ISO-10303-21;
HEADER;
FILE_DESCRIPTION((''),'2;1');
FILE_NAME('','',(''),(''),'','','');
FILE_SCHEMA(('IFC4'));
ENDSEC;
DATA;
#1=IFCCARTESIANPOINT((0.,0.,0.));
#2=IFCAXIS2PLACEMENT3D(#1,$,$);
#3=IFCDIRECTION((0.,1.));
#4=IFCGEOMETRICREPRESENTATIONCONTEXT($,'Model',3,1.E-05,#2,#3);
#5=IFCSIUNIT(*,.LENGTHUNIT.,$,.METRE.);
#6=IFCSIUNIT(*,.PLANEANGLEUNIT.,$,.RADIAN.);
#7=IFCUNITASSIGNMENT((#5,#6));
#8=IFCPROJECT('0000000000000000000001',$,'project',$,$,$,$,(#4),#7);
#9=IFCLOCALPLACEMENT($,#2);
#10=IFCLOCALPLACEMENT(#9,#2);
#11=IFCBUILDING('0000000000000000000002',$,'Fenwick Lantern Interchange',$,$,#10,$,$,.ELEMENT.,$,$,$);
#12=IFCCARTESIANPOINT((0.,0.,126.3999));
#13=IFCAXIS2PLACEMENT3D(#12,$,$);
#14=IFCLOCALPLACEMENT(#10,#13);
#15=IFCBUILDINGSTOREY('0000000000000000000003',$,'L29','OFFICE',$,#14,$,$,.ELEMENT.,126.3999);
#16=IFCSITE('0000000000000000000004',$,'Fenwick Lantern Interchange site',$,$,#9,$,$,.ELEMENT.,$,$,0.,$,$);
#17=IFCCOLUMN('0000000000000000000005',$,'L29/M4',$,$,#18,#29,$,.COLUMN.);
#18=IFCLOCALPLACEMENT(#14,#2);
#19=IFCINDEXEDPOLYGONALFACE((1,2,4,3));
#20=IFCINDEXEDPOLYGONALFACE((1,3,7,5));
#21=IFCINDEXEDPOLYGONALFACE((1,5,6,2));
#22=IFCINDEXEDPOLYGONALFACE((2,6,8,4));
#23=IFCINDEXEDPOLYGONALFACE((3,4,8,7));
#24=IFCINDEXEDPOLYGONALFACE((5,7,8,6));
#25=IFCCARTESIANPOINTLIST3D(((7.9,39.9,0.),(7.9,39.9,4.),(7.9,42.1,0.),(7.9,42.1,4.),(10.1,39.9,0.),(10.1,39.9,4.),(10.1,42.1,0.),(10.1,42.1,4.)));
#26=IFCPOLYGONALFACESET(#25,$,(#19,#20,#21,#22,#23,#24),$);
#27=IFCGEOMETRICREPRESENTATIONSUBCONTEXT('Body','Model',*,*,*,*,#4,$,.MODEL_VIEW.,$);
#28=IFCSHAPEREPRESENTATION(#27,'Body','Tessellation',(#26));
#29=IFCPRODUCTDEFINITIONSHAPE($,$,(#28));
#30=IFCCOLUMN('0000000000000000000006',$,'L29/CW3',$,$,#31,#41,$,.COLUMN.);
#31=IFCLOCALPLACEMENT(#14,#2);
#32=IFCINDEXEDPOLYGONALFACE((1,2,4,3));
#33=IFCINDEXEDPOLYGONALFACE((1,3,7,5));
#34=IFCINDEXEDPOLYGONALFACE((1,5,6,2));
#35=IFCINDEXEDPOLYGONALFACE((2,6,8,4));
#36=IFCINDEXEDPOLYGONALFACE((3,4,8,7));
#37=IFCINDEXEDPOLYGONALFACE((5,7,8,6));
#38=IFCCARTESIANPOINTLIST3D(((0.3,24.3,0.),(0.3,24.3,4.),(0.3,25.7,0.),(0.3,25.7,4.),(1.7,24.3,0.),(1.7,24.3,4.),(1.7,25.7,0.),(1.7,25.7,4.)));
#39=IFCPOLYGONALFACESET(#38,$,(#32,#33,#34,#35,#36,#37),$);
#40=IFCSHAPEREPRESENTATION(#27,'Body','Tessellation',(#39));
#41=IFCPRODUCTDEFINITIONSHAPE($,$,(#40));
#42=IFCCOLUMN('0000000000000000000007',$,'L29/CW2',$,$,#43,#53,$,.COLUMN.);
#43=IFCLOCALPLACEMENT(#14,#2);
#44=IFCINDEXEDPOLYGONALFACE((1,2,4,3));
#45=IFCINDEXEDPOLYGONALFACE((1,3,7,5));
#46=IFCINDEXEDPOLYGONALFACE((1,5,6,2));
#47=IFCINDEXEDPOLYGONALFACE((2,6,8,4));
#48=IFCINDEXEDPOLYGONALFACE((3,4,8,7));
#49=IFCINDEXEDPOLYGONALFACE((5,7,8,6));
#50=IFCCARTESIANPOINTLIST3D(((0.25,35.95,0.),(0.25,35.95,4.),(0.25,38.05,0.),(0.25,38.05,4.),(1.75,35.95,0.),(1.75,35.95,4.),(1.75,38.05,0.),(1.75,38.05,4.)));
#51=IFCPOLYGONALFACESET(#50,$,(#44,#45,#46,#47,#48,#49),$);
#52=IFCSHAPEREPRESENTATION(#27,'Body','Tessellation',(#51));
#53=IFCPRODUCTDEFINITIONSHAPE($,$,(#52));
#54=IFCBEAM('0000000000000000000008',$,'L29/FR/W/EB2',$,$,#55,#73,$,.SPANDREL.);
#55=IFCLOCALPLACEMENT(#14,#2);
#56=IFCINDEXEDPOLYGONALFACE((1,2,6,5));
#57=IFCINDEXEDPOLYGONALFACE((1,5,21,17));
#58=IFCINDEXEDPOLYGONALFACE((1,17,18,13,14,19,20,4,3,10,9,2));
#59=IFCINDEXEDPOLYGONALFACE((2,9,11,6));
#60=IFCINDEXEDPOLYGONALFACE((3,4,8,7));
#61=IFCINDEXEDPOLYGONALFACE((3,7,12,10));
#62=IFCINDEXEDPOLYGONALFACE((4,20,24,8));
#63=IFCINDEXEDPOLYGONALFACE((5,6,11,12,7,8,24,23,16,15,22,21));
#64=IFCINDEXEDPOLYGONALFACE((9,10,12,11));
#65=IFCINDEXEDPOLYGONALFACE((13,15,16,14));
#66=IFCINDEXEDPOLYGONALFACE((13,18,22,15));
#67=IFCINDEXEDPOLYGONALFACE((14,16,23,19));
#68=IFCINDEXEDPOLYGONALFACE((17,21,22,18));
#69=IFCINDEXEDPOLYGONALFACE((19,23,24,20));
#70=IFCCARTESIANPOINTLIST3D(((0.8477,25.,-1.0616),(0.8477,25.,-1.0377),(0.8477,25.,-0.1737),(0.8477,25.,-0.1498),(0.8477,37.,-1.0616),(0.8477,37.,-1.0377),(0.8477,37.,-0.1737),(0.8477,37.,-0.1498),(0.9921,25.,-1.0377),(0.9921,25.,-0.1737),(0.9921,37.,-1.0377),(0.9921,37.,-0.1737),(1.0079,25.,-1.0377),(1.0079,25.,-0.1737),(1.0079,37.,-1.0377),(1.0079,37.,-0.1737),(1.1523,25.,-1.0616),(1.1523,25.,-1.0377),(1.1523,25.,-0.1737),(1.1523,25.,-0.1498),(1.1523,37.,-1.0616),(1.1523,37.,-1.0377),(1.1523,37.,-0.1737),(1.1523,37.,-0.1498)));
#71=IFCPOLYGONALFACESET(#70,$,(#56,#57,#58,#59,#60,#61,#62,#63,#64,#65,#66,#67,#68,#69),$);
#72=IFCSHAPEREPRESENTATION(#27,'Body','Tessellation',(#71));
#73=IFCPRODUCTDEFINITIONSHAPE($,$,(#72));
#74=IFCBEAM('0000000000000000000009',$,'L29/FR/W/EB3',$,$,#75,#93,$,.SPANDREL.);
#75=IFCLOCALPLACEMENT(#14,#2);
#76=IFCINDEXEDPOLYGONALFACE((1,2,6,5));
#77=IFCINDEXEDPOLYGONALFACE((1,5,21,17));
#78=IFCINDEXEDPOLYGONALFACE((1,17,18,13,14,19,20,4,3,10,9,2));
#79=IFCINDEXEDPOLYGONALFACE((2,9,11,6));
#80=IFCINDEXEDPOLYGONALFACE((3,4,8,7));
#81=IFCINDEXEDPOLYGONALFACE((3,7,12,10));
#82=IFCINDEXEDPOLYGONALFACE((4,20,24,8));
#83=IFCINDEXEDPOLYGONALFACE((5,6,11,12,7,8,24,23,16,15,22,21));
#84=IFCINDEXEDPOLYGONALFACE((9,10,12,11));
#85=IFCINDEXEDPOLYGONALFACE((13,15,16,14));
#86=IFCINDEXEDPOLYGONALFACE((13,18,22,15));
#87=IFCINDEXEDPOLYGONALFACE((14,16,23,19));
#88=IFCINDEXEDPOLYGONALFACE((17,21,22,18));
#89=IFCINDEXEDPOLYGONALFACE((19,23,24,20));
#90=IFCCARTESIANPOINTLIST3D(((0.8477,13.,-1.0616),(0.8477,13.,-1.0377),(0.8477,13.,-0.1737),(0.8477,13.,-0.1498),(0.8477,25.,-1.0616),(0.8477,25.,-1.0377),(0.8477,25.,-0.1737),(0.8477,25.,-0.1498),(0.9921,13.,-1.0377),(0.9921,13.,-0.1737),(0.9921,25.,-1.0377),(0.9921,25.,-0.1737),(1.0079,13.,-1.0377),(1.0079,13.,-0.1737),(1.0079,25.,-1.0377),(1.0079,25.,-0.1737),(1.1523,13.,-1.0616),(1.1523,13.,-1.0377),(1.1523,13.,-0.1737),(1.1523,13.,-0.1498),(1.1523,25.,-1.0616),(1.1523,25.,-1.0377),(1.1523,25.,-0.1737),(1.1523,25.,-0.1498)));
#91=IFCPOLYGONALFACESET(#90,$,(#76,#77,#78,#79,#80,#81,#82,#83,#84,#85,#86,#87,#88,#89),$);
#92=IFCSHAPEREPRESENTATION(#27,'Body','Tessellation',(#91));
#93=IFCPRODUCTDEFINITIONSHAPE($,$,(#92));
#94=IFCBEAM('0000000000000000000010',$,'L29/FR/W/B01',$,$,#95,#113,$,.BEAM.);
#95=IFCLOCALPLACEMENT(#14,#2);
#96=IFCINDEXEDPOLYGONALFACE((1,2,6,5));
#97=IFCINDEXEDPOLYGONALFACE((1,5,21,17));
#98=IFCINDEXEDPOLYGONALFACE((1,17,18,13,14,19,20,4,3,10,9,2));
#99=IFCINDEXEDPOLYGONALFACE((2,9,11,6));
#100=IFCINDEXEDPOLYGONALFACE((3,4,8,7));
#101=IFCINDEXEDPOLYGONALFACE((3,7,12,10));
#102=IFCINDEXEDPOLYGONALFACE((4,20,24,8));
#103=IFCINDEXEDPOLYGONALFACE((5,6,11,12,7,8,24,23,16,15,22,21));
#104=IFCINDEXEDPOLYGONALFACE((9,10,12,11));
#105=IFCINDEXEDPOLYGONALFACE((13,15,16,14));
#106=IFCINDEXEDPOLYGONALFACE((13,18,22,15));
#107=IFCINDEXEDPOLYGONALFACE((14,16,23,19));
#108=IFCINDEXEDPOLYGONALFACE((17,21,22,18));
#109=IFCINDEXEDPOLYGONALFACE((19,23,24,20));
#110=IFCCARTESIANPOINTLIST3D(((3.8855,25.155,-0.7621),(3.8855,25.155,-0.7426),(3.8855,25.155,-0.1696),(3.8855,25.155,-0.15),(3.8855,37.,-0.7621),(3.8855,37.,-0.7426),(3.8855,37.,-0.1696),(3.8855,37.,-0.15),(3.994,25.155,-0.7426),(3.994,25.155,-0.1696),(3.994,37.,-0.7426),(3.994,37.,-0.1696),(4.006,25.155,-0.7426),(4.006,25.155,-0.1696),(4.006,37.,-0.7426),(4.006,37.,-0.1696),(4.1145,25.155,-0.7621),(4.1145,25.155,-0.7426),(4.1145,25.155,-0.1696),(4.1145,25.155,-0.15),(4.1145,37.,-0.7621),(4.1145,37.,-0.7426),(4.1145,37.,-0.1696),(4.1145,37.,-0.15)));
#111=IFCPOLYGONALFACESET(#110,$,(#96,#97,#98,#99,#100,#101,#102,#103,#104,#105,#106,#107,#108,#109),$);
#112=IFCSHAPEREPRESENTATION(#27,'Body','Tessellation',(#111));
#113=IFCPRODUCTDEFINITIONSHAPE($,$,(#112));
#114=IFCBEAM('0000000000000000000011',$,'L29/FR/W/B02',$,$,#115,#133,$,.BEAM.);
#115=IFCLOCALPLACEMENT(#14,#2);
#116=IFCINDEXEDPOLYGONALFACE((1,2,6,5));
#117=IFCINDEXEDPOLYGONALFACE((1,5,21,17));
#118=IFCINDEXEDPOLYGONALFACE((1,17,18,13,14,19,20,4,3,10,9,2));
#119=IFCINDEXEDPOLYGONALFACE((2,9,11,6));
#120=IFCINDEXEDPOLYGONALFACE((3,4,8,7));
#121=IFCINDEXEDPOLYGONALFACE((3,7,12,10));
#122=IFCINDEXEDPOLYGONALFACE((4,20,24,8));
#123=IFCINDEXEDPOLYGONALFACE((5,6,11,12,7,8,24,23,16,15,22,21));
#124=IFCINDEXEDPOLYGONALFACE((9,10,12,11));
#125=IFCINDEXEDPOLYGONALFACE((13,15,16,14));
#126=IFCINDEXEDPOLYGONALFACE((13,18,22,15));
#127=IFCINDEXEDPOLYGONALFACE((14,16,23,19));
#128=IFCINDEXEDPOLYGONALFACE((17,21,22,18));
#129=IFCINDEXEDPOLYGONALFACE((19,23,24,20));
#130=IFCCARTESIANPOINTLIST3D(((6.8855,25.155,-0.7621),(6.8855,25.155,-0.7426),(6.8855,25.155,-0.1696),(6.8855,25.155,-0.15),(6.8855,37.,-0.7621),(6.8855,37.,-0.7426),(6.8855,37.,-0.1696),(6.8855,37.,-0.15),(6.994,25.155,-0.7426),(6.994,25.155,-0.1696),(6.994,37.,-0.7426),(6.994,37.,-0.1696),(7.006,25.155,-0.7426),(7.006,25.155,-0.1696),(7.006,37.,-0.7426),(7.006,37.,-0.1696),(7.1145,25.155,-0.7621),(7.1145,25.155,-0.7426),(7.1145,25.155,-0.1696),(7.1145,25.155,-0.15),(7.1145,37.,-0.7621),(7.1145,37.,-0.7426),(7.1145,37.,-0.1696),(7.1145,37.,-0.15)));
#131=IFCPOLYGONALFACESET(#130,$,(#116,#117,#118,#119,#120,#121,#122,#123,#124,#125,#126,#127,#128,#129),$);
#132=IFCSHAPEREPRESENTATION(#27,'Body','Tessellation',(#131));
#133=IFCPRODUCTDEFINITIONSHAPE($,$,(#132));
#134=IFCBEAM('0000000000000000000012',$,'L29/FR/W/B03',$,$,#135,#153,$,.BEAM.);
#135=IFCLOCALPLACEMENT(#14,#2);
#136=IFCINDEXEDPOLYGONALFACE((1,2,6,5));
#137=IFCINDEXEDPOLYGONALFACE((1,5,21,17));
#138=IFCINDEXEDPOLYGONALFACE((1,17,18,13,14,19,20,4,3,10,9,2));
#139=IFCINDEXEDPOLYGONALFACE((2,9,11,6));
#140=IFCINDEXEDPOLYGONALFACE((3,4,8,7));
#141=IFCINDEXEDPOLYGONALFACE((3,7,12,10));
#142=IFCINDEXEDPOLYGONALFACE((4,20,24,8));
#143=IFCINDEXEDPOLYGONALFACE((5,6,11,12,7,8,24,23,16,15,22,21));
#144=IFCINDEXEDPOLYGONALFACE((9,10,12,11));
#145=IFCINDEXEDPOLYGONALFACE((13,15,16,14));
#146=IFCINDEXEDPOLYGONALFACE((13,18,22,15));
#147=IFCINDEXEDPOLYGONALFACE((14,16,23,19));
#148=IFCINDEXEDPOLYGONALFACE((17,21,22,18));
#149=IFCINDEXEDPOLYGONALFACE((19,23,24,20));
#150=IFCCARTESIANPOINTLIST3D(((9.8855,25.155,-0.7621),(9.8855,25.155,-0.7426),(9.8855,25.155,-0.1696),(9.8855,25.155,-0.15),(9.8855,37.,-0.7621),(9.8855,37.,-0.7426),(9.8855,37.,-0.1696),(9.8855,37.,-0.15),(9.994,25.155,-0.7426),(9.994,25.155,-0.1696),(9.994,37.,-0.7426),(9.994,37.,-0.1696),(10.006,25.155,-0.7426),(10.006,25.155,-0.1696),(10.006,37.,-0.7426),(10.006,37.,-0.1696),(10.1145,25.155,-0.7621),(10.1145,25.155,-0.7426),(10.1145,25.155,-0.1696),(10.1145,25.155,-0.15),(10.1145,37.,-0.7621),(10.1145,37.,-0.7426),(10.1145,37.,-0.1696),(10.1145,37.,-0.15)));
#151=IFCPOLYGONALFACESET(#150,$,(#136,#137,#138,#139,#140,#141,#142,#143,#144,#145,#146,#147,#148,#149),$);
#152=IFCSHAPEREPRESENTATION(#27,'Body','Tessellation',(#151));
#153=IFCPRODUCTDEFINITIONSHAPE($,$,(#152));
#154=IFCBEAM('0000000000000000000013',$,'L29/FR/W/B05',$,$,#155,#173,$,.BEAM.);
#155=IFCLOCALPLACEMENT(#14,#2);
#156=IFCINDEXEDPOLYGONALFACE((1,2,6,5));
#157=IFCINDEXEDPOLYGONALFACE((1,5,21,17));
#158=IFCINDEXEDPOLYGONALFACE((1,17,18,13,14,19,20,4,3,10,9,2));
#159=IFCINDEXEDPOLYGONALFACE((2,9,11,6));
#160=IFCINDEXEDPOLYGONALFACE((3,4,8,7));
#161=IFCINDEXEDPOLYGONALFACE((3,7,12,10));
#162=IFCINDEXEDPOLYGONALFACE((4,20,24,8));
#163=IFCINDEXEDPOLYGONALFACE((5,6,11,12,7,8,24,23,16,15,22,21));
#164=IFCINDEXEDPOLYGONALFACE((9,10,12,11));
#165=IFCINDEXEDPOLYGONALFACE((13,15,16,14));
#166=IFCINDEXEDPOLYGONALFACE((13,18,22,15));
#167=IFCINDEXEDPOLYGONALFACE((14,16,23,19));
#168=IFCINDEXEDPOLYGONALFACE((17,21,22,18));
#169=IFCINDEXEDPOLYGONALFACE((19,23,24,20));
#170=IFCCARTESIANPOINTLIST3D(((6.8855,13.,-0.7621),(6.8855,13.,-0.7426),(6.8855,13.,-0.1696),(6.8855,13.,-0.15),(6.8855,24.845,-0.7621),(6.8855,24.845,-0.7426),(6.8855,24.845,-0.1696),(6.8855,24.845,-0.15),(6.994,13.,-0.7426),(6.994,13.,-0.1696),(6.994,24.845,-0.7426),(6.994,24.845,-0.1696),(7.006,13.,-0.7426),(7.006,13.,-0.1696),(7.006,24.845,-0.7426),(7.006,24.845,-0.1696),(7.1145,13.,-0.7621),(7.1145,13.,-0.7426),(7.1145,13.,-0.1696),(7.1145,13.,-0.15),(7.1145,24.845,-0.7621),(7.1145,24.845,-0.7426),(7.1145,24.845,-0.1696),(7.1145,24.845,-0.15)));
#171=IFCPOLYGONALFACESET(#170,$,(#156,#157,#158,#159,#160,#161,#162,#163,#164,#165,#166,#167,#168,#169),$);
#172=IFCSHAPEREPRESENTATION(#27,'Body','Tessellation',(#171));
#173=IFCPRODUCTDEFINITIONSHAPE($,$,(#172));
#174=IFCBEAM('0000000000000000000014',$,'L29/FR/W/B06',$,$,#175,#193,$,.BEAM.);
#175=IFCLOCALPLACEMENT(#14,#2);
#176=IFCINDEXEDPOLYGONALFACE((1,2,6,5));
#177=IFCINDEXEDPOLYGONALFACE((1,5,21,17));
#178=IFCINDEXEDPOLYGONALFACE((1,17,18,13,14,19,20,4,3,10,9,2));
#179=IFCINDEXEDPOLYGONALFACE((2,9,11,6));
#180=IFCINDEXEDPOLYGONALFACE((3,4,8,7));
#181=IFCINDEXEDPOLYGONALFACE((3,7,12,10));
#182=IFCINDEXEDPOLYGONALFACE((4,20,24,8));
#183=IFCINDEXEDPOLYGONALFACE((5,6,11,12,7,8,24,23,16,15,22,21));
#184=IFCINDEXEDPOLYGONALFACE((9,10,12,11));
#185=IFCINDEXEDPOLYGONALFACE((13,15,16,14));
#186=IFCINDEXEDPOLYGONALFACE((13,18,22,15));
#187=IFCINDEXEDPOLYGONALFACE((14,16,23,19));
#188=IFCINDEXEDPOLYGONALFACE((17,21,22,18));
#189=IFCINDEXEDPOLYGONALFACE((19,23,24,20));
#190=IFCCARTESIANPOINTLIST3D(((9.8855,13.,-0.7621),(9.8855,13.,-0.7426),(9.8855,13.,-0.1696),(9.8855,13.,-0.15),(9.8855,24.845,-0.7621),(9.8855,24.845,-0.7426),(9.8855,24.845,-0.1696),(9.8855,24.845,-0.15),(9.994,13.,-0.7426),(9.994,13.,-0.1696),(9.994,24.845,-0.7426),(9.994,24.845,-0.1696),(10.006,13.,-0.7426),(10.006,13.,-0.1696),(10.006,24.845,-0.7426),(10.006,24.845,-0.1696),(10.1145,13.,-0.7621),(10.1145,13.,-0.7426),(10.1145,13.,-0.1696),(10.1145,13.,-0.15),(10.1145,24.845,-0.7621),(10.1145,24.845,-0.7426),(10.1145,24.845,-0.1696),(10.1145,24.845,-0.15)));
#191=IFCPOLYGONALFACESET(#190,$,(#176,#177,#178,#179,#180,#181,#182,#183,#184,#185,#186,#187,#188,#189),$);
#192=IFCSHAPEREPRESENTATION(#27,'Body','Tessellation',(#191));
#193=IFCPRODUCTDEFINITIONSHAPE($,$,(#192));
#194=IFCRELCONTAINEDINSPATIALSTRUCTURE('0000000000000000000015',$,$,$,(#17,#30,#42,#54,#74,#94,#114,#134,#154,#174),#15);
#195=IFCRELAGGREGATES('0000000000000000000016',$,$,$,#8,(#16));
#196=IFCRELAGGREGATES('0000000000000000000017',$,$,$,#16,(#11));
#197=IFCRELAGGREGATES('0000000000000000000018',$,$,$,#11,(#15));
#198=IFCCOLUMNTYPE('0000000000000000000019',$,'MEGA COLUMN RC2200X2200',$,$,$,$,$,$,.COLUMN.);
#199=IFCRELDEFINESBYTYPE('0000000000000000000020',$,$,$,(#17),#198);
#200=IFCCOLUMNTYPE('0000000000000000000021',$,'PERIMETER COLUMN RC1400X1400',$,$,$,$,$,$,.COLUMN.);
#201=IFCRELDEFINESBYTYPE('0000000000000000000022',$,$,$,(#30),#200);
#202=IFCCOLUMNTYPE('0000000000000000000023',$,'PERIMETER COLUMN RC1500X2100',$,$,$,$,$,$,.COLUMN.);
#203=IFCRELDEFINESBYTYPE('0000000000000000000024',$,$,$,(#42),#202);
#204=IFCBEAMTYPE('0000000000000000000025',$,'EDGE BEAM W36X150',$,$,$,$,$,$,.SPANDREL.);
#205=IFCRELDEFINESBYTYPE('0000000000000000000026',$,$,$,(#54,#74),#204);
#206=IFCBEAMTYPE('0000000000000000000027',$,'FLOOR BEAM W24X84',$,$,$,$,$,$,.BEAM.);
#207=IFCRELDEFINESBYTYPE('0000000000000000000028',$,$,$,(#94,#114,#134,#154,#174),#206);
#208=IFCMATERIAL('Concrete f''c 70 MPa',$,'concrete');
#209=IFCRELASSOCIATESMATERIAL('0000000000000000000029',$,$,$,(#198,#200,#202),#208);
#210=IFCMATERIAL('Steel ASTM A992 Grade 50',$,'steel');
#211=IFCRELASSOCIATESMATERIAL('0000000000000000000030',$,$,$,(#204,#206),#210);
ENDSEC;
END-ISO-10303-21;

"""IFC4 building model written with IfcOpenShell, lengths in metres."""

from ifc_helpers import new_model, si_unit, direction, frame, origin, origin_2d, place, context, subcontext, project, spatial, rectangle, i_section, extrude, material, material_profile, profile_set, type_object, element, save


model = new_model("IFC4")

# Units and contexts
model_context = context("Model", 3, precision=1e-05, world=origin(), true_north=direction((0.0, 1.0)))
body_context = subcontext(model_context, "Body", "Model", "MODEL_VIEW")
ifc_project = project(units=[si_unit("LENGTHUNIT", "METRE"), si_unit("PLANEANGLEUNIT", "RADIAN")], contexts=[model_context])

# Site, building, storey
site_placement = place(None, origin())
site = spatial("IfcSite", under=ifc_project, at=site_placement, Name="Fenwick Lantern Interchange site", CompositionType="ELEMENT", RefElevation=0.0)
building_placement = place(site_placement, origin())
building = spatial("IfcBuilding", under=site, at=building_placement, Name="Fenwick Lantern Interchange", CompositionType="ELEMENT")
storey_placement = place(building_placement, frame((0.0, 0.0, 126.3999)))
storey = spatial("IfcBuildingStorey", under=building, at=storey_placement, Name="L29", Description="OFFICE", CompositionType="ELEMENT", Elevation=126.3999)

# Columns
ifc_material_1 = material(Name="Concrete f'c 70 MPa", Category="concrete")
ifc_material_profile_1 = material_profile(ifc_material_1, rectangle(XDim=2.2, YDim=2.2, at=origin_2d()), Name="RC2200X2200")
ifc_profile_set_1 = profile_set([ifc_material_profile_1], Name="Concrete f'c 70 MPa")
column_type_1 = type_object("IfcColumnType", Name="MEGA COLUMN RC2200X2200", PredefinedType="COLUMN", material=ifc_profile_set_1)
column_1_placement = place(storey_placement, frame((9.0, 41.0, 0.0), z_axis=(0.0, 0.0, 1.0), x_axis=(1.0, 0.0, 0.0)))
element("IfcColumn", 1, at=column_1_placement, inside=storey, type_object=column_type_1, Name="L29/M4", PredefinedType="COLUMN", context=body_context, shape_type="SweptSolid", body=[
    extrude(rectangle(XDim=2.2, YDim=2.2, at=origin_2d()), origin(), (0.0, 0.0, 1.0), 4.0),
])
ifc_material_profile_2 = material_profile(ifc_material_1, rectangle(XDim=1.3999, YDim=1.3999, at=origin_2d()), Name="RC1400X1400")
ifc_profile_set_2 = profile_set([ifc_material_profile_2], Name="Concrete f'c 70 MPa")
column_type_2 = type_object("IfcColumnType", Name="PERIMETER COLUMN RC1400X1400", PredefinedType="COLUMN", material=ifc_profile_set_2)
column_2_placement = place(storey_placement, frame((1.0, 25.0, 0.0), z_axis=(0.0, 0.0, 1.0), x_axis=(1.0, 0.0, 0.0)))
element("IfcColumn", 2, at=column_2_placement, inside=storey, type_object=column_type_2, Name="L29/CW3", PredefinedType="COLUMN", context=body_context, shape_type="SweptSolid", body=[
    extrude(rectangle(XDim=1.3999, YDim=1.3999, at=origin_2d()), origin(), (0.0, 0.0, 1.0), 4.0),
])
ifc_material_profile_3 = material_profile(ifc_material_1, rectangle(XDim=1.5, YDim=2.1001, at=origin_2d()), Name="RC1500X2100")
ifc_profile_set_3 = profile_set([ifc_material_profile_3], Name="Concrete f'c 70 MPa")
column_type_3 = type_object("IfcColumnType", Name="PERIMETER COLUMN RC1500X2100", PredefinedType="COLUMN", material=ifc_profile_set_3)
column_3_placement = place(storey_placement, frame((1.0, 37.0, 0.0), z_axis=(0.0, 0.0, 1.0), x_axis=(1.0, 0.0, 0.0)))
element("IfcColumn", 3, at=column_3_placement, inside=storey, type_object=column_type_3, Name="L29/CW2", PredefinedType="COLUMN", context=body_context, shape_type="SweptSolid", body=[
    extrude(rectangle(XDim=1.5, YDim=2.1001, at=origin_2d()), origin(), (0.0, 0.0, 1.0), 4.0),
])

# Beams
ifc_material_2 = material(Name="Steel ASTM A992 Grade 50", Category="steel")
ifc_material_profile_4 = material_profile(ifc_material_2, i_section(OverallWidth=0.3047, OverallDepth=0.9119, WebThickness=0.0159, FlangeThickness=0.0239, at=origin_2d()), Name="W36X150")
ifc_profile_set_4 = profile_set([ifc_material_profile_4], Name="Steel ASTM A992 Grade 50")
beam_type_1 = type_object("IfcBeamType", Name="EDGE BEAM W36X150", PredefinedType="SPANDREL", material=ifc_profile_set_4)
for number, where, z_axis, x_axis, name in (
    (4, (1.0, 37.0, -0.6057), (0.0, -1.0, 0.0), (1.0, 0.0, 0.0), "L29/FR/W/EB2"),
    (5, (1.0, 25.0, -0.6057), (0.0, -1.0, 0.0), (1.0, 0.0, 0.0), "L29/FR/W/EB3"),
):
    element("IfcBeam", number, at=place(storey_placement, frame(where, z_axis=z_axis, x_axis=x_axis)), inside=storey, type_object=beam_type_1, Name=name, PredefinedType="SPANDREL", context=body_context, shape_type="SweptSolid", body=[
        extrude(i_section(OverallWidth=0.3047, OverallDepth=0.9119, WebThickness=0.0159, FlangeThickness=0.0239, at=origin_2d()), origin(), (0.0, 0.0, 1.0), 12.0),
    ])
ifc_material_profile_5 = material_profile(ifc_material_2, i_section(OverallWidth=0.229, OverallDepth=0.6121, WebThickness=0.012, FlangeThickness=0.0195, at=origin_2d()), Name="W24X84")
ifc_profile_set_5 = profile_set([ifc_material_profile_5], Name="Steel ASTM A992 Grade 50")
beam_type_2 = type_object("IfcBeamType", Name="FLOOR BEAM W24X84", PredefinedType="BEAM", material=ifc_profile_set_5)
for number, where, z_axis, x_axis, name in (
    (6, (4.0, 37.0, -0.4561), (0.0, -1.0, 0.0), (1.0, 0.0, 0.0), "L29/FR/W/B01"),
    (7, (7.0, 37.0, -0.4561), (0.0, -1.0, 0.0), (1.0, 0.0, 0.0), "L29/FR/W/B02"),
    (8, (10.0, 37.0, -0.4561), (0.0, -1.0, 0.0), (1.0, 0.0, 0.0), "L29/FR/W/B03"),
    (9, (7.0, 24.845, -0.4561), (0.0, -1.0, 0.0), (1.0, 0.0, 0.0), "L29/FR/W/B05"),
    (10, (10.0, 24.845, -0.4561), (0.0, -1.0, 0.0), (1.0, 0.0, 0.0), "L29/FR/W/B06"),
):
    element("IfcBeam", number, at=place(storey_placement, frame(where, z_axis=z_axis, x_axis=x_axis)), inside=storey, type_object=beam_type_2, Name=name, PredefinedType="BEAM", context=body_context, shape_type="SweptSolid", body=[
        extrude(i_section(OverallWidth=0.229, OverallDepth=0.6121, WebThickness=0.012, FlangeThickness=0.0195, at=origin_2d()), origin(), (0.0, 0.0, 1.0), 11.845),
    ])

save(model, "model.ifc")
